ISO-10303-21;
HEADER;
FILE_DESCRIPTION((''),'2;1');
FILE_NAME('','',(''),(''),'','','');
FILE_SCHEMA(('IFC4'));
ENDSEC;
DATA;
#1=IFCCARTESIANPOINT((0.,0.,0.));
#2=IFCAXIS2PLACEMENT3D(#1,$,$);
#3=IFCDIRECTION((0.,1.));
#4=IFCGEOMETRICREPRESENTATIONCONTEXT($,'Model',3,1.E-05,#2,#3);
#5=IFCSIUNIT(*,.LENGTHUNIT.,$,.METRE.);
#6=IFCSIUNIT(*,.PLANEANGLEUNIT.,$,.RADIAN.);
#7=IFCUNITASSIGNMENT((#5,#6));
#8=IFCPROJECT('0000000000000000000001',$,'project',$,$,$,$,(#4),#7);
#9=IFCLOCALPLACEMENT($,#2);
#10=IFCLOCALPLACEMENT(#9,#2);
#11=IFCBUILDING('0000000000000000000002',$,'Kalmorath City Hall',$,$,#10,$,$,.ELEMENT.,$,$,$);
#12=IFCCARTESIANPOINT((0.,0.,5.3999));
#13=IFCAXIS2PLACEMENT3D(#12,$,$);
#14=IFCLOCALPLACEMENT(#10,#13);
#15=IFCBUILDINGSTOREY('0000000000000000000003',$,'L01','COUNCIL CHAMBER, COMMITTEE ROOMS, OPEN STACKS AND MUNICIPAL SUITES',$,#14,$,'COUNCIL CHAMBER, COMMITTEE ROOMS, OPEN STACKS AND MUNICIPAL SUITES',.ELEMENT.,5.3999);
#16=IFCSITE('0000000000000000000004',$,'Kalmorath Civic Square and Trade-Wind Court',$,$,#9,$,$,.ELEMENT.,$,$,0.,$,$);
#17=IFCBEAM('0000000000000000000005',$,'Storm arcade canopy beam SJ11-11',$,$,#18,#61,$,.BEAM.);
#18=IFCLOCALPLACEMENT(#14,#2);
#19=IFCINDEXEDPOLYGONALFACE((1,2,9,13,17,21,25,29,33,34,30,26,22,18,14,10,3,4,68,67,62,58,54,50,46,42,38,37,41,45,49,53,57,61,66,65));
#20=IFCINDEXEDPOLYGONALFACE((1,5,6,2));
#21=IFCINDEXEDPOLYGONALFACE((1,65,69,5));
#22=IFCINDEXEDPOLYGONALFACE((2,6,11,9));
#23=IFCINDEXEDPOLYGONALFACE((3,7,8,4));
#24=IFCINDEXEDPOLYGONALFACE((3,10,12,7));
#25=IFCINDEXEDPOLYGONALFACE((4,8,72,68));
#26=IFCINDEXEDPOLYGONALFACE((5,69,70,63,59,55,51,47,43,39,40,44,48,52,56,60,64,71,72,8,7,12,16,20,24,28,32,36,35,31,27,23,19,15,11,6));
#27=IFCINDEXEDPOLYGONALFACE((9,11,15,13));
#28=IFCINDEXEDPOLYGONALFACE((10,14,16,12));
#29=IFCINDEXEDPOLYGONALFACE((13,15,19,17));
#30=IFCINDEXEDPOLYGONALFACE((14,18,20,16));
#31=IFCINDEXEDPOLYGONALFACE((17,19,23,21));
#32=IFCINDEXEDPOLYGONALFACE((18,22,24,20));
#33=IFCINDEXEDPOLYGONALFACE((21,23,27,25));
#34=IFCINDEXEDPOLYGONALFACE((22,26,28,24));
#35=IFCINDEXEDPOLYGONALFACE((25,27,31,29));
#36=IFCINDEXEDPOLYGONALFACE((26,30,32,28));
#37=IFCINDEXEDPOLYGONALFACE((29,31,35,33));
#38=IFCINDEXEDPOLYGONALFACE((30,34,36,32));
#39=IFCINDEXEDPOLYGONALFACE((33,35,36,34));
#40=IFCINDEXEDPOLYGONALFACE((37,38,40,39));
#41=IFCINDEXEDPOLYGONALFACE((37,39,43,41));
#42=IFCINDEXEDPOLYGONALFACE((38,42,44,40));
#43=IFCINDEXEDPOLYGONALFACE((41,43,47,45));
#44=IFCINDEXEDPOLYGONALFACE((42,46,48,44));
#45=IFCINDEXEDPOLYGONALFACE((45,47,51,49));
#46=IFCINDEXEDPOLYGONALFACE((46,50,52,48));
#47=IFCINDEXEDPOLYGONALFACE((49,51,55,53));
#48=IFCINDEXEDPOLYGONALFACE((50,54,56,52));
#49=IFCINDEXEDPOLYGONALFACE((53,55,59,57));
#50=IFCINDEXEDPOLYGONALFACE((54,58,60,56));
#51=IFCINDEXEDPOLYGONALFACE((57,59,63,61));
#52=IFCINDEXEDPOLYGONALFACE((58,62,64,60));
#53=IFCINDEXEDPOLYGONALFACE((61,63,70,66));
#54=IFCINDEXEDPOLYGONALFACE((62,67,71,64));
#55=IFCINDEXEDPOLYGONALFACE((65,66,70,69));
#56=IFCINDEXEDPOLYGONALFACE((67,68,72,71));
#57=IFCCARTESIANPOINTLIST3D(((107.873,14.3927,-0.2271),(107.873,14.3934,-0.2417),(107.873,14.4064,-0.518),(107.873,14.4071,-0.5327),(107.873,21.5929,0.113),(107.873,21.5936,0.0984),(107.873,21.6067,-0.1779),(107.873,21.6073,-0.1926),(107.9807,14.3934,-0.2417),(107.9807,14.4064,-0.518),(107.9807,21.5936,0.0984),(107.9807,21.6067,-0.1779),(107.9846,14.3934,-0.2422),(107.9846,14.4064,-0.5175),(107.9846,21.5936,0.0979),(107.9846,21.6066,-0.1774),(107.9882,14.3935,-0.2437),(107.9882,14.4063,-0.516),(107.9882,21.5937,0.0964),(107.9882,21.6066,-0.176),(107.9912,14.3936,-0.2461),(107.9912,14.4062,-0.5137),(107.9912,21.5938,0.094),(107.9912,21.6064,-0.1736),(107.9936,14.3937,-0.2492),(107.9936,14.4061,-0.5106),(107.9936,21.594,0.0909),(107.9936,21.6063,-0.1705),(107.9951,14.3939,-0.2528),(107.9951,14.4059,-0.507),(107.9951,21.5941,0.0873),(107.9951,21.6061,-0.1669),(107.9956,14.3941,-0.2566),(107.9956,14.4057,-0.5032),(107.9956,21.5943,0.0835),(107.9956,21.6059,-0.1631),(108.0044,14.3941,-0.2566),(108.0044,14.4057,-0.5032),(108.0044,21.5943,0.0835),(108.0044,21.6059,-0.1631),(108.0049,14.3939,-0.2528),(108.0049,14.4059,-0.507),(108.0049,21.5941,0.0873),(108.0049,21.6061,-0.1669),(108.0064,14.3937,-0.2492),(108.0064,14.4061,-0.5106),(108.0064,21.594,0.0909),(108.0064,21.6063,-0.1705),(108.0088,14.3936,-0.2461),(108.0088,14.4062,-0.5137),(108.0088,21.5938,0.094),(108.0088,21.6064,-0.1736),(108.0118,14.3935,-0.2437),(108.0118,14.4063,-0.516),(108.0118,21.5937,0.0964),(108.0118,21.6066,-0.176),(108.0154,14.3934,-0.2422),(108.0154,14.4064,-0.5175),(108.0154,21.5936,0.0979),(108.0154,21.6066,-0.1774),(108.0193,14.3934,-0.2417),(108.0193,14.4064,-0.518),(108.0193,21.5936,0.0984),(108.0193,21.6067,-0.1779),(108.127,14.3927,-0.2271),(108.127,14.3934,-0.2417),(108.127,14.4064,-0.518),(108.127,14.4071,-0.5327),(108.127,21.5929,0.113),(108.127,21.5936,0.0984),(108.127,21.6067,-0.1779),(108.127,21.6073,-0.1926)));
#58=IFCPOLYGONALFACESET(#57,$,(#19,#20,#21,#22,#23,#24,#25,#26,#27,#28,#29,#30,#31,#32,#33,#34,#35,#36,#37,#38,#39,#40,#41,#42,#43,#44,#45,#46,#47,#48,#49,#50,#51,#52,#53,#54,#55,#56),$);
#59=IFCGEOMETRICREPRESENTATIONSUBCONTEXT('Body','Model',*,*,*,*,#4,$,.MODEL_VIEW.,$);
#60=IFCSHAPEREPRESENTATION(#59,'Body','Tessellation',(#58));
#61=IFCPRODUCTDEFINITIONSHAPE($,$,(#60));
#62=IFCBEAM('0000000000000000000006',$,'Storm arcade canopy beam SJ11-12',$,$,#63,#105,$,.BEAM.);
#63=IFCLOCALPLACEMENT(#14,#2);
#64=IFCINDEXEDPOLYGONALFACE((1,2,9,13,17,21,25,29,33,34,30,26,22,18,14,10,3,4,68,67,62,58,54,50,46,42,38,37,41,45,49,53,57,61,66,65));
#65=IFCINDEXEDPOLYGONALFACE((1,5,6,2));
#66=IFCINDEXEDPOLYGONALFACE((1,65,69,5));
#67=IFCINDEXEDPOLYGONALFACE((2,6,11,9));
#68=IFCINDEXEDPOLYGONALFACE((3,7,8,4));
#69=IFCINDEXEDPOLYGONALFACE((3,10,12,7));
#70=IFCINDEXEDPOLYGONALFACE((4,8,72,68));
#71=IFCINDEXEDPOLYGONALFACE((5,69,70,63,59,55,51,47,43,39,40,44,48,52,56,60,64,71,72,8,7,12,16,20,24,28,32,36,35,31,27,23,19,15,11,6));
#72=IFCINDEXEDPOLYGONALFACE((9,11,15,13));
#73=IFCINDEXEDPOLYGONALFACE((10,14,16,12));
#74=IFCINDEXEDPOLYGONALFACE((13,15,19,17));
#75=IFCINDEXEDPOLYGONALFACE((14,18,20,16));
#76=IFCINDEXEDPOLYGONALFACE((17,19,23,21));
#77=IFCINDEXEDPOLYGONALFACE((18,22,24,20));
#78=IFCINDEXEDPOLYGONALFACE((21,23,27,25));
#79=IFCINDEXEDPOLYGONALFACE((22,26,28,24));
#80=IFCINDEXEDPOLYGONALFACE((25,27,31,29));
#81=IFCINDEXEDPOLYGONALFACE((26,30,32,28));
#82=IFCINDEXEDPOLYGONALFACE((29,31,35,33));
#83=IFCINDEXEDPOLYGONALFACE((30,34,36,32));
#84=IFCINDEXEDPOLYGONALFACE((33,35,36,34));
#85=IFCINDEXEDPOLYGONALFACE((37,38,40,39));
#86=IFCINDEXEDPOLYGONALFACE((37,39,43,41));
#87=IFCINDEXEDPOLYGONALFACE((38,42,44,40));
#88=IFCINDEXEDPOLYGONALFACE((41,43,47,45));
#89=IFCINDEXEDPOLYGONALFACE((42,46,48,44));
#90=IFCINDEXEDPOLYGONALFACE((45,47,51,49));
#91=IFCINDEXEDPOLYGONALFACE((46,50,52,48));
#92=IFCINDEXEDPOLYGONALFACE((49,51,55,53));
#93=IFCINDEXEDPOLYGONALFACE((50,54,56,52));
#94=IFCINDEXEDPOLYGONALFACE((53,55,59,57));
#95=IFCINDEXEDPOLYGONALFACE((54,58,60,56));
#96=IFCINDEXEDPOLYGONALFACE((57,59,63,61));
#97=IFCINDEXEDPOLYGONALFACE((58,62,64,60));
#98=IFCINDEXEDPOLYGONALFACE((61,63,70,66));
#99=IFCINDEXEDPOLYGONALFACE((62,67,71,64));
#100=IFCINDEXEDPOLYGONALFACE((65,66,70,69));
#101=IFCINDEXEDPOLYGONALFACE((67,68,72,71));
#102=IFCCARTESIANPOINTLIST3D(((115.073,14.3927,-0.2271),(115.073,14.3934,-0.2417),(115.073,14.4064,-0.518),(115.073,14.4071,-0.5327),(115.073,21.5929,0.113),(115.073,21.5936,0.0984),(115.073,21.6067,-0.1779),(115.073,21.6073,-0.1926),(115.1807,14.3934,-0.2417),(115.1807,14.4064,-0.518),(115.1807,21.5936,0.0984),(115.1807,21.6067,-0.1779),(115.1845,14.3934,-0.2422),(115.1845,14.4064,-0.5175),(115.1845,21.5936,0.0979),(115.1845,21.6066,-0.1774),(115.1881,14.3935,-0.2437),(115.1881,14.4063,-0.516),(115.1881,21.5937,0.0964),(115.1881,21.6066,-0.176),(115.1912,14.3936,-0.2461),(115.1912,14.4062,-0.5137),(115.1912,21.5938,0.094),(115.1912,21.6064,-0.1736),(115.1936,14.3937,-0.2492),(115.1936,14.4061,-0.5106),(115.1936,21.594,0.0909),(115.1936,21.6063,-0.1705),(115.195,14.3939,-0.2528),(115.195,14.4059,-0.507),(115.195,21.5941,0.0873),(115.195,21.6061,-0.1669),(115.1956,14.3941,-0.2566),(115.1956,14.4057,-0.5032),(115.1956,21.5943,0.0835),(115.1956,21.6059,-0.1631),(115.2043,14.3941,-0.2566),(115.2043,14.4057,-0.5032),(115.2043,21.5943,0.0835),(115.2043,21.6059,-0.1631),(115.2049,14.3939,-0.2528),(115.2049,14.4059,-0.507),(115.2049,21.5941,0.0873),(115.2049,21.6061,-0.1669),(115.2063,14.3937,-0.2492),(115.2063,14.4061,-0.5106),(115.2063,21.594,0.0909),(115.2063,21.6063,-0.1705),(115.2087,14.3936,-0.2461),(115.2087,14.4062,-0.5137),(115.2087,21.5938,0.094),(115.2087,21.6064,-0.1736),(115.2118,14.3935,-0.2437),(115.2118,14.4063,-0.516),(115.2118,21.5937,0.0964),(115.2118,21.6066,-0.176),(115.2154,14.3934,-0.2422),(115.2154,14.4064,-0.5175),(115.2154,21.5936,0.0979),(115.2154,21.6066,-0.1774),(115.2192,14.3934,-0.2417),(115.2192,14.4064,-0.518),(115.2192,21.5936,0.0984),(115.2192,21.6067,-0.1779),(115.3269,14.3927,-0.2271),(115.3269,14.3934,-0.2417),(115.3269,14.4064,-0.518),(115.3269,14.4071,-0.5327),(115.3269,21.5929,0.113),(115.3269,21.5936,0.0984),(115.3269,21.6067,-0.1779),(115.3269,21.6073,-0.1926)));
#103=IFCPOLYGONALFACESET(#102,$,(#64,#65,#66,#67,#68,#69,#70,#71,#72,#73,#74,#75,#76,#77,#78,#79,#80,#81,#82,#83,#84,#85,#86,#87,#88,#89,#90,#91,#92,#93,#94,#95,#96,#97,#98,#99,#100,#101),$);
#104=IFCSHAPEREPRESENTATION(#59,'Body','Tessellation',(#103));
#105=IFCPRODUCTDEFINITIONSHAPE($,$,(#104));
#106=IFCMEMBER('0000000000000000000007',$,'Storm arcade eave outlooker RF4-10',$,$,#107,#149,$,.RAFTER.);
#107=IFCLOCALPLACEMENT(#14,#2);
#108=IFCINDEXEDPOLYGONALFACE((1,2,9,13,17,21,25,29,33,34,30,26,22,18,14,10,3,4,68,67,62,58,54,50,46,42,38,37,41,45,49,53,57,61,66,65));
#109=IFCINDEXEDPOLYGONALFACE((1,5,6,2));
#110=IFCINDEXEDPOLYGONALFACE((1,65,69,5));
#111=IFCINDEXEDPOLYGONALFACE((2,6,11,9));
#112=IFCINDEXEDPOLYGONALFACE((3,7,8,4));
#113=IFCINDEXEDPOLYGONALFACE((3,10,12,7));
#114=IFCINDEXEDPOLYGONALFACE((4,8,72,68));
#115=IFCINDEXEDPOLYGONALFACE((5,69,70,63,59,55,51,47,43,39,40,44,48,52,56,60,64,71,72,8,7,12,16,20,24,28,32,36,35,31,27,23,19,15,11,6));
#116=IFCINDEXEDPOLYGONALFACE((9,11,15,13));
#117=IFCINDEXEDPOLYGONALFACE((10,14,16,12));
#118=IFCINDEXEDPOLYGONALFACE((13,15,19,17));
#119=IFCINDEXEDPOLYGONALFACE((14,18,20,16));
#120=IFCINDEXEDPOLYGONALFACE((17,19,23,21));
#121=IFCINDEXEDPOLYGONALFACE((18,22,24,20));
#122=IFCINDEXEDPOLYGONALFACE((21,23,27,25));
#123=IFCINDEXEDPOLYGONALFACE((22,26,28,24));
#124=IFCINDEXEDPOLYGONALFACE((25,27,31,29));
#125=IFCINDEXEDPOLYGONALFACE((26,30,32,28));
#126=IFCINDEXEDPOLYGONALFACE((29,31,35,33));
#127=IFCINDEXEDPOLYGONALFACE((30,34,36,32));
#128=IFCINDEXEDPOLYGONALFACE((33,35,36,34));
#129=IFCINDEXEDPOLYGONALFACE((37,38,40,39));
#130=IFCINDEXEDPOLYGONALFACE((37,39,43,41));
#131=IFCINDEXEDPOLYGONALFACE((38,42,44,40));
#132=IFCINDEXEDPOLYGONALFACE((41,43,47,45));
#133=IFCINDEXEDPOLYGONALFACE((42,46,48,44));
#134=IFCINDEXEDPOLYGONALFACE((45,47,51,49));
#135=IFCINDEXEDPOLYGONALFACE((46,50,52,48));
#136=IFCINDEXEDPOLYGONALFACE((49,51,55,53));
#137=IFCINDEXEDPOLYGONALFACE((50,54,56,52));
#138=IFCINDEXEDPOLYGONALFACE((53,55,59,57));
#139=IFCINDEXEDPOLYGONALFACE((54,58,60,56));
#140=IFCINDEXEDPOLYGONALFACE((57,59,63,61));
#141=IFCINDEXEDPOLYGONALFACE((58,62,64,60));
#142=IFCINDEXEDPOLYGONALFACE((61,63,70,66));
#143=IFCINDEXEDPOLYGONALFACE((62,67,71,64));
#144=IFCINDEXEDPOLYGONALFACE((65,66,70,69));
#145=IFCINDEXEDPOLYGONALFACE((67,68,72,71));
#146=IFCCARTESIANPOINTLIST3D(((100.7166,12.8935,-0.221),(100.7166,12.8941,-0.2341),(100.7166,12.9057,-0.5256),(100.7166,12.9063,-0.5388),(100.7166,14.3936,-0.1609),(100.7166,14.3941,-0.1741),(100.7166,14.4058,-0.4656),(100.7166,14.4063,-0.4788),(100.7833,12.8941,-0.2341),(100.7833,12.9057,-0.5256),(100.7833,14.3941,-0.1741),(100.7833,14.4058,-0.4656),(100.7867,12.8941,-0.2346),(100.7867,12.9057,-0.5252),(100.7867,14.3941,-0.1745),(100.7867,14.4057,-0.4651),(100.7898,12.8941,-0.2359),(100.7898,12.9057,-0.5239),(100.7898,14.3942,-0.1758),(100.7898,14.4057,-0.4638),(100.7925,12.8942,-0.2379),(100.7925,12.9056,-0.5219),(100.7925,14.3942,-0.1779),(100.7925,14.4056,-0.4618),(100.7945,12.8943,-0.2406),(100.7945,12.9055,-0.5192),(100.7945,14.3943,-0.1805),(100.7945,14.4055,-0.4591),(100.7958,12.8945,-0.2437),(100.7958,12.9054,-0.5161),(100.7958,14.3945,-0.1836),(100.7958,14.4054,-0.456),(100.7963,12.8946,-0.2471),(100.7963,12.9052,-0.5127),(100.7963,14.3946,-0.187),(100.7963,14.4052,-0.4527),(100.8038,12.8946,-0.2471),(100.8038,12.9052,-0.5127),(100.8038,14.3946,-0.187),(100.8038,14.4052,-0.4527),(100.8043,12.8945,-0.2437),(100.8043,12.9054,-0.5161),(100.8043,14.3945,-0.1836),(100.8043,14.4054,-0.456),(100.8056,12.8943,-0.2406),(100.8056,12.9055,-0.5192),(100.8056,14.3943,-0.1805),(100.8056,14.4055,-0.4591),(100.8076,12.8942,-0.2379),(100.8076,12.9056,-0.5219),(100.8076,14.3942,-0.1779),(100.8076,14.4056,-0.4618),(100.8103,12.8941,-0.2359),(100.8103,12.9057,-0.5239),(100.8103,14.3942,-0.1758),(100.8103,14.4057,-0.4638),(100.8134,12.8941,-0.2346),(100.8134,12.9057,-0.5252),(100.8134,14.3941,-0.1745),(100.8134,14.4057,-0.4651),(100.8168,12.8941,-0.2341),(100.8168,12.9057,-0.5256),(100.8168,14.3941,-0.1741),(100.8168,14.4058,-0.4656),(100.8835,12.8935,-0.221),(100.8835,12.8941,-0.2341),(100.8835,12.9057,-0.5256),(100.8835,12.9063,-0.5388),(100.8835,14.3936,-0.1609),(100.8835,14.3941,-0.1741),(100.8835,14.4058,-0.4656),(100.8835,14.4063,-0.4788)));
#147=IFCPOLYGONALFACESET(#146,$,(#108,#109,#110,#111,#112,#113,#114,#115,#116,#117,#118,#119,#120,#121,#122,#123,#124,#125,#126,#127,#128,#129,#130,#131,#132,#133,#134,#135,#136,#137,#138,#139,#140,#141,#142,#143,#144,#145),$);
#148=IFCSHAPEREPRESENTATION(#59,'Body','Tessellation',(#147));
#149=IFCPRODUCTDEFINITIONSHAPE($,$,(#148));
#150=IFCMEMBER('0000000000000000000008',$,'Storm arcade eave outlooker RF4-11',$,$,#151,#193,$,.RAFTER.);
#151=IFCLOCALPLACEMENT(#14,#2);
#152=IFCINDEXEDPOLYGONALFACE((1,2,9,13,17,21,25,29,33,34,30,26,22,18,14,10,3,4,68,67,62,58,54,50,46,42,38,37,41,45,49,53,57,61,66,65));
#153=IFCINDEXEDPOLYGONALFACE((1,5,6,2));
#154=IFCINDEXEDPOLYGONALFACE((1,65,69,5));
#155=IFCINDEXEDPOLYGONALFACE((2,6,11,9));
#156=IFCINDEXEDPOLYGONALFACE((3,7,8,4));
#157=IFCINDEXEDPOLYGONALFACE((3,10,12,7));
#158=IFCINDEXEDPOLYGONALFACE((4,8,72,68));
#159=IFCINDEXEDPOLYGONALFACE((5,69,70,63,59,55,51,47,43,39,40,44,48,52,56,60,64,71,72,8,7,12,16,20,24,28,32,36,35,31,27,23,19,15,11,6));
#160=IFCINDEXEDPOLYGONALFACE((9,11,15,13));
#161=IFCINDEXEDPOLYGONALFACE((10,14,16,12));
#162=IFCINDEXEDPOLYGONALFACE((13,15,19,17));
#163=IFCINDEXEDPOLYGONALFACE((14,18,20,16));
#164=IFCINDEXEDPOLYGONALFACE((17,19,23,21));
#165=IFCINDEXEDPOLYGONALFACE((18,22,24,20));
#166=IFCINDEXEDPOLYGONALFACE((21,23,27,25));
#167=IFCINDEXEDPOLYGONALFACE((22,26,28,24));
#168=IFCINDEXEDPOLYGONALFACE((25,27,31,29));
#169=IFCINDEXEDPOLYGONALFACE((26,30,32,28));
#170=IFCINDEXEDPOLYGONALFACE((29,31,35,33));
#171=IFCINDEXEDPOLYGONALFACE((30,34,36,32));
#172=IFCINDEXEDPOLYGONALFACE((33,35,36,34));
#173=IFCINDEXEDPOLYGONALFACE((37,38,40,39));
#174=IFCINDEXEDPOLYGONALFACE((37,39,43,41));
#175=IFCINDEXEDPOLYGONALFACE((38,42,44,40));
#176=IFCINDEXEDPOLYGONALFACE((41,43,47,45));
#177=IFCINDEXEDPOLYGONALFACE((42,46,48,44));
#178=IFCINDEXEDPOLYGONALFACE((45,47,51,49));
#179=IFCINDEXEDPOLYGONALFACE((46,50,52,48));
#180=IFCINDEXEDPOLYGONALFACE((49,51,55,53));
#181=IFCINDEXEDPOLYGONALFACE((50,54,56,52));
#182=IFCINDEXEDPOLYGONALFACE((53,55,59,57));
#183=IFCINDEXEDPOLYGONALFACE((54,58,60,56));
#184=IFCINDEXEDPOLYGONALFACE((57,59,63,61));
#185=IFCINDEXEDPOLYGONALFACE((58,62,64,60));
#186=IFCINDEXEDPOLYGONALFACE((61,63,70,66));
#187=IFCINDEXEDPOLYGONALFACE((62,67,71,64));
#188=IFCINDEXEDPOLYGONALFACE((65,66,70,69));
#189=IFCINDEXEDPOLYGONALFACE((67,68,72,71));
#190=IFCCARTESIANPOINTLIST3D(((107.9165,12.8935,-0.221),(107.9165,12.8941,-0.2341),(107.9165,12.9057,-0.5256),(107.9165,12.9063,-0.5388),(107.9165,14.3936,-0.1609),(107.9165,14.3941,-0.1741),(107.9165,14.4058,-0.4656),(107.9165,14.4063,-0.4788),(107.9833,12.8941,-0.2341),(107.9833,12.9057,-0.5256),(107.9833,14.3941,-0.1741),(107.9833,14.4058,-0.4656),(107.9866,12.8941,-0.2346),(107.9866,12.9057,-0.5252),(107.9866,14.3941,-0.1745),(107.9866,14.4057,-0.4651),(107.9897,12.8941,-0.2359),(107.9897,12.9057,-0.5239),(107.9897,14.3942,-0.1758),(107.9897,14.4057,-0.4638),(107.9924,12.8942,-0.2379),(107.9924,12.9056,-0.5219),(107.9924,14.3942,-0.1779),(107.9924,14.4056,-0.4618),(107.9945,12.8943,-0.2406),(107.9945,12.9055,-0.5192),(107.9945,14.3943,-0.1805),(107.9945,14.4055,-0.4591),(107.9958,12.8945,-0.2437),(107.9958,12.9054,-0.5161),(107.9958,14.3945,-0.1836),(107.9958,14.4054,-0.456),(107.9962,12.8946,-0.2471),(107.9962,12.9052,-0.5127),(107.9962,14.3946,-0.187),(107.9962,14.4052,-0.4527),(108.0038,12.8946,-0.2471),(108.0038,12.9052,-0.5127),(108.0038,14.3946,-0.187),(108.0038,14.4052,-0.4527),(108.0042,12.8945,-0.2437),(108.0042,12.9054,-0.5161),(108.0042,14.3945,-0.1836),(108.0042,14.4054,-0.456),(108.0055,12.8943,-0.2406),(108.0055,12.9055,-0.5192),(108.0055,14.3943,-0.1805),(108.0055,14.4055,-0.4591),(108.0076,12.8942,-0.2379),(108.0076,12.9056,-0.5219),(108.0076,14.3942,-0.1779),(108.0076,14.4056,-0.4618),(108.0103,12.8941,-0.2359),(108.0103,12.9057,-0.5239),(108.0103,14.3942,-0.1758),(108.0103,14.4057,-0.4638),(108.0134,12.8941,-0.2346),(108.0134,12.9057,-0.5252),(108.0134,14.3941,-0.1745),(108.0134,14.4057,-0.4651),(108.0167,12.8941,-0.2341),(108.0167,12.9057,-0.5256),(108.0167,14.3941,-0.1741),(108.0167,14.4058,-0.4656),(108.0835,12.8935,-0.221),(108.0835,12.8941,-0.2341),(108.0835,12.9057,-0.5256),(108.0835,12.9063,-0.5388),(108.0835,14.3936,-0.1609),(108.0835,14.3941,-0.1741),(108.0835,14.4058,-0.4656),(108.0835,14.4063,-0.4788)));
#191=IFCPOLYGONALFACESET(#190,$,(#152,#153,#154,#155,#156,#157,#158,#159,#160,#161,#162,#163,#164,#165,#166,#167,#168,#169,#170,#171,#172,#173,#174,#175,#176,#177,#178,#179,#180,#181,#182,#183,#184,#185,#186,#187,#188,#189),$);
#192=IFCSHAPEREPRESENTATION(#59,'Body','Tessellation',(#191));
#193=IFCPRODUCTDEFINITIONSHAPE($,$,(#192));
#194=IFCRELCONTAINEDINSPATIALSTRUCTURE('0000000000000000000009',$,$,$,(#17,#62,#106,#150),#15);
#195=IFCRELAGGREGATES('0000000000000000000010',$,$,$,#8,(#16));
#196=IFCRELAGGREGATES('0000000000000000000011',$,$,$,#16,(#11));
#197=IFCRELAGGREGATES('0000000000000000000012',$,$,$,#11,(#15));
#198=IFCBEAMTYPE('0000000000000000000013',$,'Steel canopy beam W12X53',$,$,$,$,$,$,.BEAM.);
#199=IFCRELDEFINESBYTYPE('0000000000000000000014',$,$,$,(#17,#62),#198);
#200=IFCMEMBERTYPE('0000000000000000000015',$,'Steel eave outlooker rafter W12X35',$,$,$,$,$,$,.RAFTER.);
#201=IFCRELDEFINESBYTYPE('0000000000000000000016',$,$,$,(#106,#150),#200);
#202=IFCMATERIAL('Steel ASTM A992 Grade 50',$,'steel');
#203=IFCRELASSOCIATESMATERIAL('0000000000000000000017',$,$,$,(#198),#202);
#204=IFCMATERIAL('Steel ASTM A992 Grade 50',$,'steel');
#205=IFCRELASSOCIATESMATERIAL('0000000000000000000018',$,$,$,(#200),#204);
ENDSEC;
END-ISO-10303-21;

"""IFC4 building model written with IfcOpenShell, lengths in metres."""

from ifc_helpers import new_model, si_unit, direction, frame, origin, origin_2d, place, context, subcontext, project, spatial, i_section, extrude, material, material_profile, profile_set, type_object, element, save


model = new_model("IFC4")

# Units and contexts
model_context = context("Model", 3, precision=1e-05, world=origin(), true_north=direction((0.0, 1.0)))
body_context = subcontext(model_context, "Body", "Model", "MODEL_VIEW")
ifc_project = project(units=[si_unit("LENGTHUNIT", "METRE"), si_unit("PLANEANGLEUNIT", "RADIAN")], contexts=[model_context])

# Site, building, storey
site_placement = place(None, origin())
site = spatial("IfcSite", under=ifc_project, at=site_placement, Name="Kalmorath Civic Square and Trade-Wind Court", CompositionType="ELEMENT", RefElevation=0.0)
building_placement = place(site_placement, origin())
building = spatial("IfcBuilding", under=site, at=building_placement, Name="Kalmorath City Hall", CompositionType="ELEMENT")
storey_placement = place(building_placement, frame((0.0, 0.0, 5.3999)))
storey = spatial("IfcBuildingStorey", under=building, at=storey_placement, Name="L01", Description="COUNCIL CHAMBER, COMMITTEE ROOMS, OPEN STACKS AND MUNICIPAL SUITES", LongName="COUNCIL CHAMBER, COMMITTEE ROOMS, OPEN STACKS AND MUNICIPAL SUITES", CompositionType="ELEMENT", Elevation=5.3999)

# Beams
ifc_material_1 = material(Name="Steel ASTM A992 Grade 50", Category="steel")
ifc_material_profile_1 = material_profile(ifc_material_1, i_section(OverallWidth=0.2539, OverallDepth=0.3059, WebThickness=0.0088, FlangeThickness=0.0146, FilletRadius=0.0149, at=origin_2d()), Name="W12X53")
ifc_profile_set_1 = profile_set([ifc_material_profile_1], Name="Steel ASTM A992 Grade 50")
beam_type_1 = type_object("IfcBeamType", Name="Steel canopy beam W12X53", PredefinedType="BEAM", material=ifc_profile_set_1)
for number, where, z_axis, x_axis, name in (
    (1, (108.0, 14.3999, -0.3799), (0.0, 0.998886, 0.047181), (-1.0, 0.0, 0.0), "Storm arcade canopy beam SJ11-11"),
    (2, (115.2, 14.3999, -0.3799), (0.0, 0.998886, 0.047181), (-1.0, 0.0, 0.0), "Storm arcade canopy beam SJ11-12"),
):
    element("IfcBeam", number, at=place(storey_placement, frame(where, z_axis=z_axis, x_axis=x_axis)), inside=storey, type_object=beam_type_1, Name=name, PredefinedType="BEAM", context=body_context, shape_type="SweptSolid", body=[
        extrude(i_section(OverallWidth=0.2539, OverallDepth=0.3059, WebThickness=0.0088, FlangeThickness=0.0146, FilletRadius=0.0149, at=origin_2d()), origin(), (0.0, 0.0, 1.0), 7.2083),
    ])

# Members
ifc_material_2 = material(Name="Steel ASTM A992 Grade 50", Category="steel")
ifc_material_profile_2 = material_profile(ifc_material_2, i_section(OverallWidth=0.167, OverallDepth=0.3181, WebThickness=0.0076, FlangeThickness=0.0132, FilletRadius=0.0129, at=origin_2d()), Name="W12X35")
ifc_profile_set_2 = profile_set([ifc_material_profile_2], Name="Steel ASTM A992 Grade 50")
member_type_1 = type_object("IfcMemberType", Name="Steel eave outlooker rafter W12X35", PredefinedType="RAFTER", material=ifc_profile_set_2)
for number, where, z_axis, x_axis, name in (
    (3, (100.8, 12.8999, -0.3799), (0.0, 0.999199, 0.040007), (-1.0, 0.0, 0.0), "Storm arcade eave outlooker RF4-10"),
    (4, (108.0, 12.8999, -0.3799), (0.0, 0.999199, 0.040007), (-1.0, 0.0, 0.0), "Storm arcade eave outlooker RF4-11"),
):
    element("IfcMember", number, at=place(storey_placement, frame(where, z_axis=z_axis, x_axis=x_axis)), inside=storey, type_object=member_type_1, Name=name, PredefinedType="RAFTER", context=body_context, shape_type="SweptSolid", body=[
        extrude(i_section(OverallWidth=0.167, OverallDepth=0.3181, WebThickness=0.0076, FlangeThickness=0.0132, FilletRadius=0.0129, at=origin_2d()), origin(), (0.0, 0.0, 1.0), 1.5012),
    ])

save(model, "model.ifc")
